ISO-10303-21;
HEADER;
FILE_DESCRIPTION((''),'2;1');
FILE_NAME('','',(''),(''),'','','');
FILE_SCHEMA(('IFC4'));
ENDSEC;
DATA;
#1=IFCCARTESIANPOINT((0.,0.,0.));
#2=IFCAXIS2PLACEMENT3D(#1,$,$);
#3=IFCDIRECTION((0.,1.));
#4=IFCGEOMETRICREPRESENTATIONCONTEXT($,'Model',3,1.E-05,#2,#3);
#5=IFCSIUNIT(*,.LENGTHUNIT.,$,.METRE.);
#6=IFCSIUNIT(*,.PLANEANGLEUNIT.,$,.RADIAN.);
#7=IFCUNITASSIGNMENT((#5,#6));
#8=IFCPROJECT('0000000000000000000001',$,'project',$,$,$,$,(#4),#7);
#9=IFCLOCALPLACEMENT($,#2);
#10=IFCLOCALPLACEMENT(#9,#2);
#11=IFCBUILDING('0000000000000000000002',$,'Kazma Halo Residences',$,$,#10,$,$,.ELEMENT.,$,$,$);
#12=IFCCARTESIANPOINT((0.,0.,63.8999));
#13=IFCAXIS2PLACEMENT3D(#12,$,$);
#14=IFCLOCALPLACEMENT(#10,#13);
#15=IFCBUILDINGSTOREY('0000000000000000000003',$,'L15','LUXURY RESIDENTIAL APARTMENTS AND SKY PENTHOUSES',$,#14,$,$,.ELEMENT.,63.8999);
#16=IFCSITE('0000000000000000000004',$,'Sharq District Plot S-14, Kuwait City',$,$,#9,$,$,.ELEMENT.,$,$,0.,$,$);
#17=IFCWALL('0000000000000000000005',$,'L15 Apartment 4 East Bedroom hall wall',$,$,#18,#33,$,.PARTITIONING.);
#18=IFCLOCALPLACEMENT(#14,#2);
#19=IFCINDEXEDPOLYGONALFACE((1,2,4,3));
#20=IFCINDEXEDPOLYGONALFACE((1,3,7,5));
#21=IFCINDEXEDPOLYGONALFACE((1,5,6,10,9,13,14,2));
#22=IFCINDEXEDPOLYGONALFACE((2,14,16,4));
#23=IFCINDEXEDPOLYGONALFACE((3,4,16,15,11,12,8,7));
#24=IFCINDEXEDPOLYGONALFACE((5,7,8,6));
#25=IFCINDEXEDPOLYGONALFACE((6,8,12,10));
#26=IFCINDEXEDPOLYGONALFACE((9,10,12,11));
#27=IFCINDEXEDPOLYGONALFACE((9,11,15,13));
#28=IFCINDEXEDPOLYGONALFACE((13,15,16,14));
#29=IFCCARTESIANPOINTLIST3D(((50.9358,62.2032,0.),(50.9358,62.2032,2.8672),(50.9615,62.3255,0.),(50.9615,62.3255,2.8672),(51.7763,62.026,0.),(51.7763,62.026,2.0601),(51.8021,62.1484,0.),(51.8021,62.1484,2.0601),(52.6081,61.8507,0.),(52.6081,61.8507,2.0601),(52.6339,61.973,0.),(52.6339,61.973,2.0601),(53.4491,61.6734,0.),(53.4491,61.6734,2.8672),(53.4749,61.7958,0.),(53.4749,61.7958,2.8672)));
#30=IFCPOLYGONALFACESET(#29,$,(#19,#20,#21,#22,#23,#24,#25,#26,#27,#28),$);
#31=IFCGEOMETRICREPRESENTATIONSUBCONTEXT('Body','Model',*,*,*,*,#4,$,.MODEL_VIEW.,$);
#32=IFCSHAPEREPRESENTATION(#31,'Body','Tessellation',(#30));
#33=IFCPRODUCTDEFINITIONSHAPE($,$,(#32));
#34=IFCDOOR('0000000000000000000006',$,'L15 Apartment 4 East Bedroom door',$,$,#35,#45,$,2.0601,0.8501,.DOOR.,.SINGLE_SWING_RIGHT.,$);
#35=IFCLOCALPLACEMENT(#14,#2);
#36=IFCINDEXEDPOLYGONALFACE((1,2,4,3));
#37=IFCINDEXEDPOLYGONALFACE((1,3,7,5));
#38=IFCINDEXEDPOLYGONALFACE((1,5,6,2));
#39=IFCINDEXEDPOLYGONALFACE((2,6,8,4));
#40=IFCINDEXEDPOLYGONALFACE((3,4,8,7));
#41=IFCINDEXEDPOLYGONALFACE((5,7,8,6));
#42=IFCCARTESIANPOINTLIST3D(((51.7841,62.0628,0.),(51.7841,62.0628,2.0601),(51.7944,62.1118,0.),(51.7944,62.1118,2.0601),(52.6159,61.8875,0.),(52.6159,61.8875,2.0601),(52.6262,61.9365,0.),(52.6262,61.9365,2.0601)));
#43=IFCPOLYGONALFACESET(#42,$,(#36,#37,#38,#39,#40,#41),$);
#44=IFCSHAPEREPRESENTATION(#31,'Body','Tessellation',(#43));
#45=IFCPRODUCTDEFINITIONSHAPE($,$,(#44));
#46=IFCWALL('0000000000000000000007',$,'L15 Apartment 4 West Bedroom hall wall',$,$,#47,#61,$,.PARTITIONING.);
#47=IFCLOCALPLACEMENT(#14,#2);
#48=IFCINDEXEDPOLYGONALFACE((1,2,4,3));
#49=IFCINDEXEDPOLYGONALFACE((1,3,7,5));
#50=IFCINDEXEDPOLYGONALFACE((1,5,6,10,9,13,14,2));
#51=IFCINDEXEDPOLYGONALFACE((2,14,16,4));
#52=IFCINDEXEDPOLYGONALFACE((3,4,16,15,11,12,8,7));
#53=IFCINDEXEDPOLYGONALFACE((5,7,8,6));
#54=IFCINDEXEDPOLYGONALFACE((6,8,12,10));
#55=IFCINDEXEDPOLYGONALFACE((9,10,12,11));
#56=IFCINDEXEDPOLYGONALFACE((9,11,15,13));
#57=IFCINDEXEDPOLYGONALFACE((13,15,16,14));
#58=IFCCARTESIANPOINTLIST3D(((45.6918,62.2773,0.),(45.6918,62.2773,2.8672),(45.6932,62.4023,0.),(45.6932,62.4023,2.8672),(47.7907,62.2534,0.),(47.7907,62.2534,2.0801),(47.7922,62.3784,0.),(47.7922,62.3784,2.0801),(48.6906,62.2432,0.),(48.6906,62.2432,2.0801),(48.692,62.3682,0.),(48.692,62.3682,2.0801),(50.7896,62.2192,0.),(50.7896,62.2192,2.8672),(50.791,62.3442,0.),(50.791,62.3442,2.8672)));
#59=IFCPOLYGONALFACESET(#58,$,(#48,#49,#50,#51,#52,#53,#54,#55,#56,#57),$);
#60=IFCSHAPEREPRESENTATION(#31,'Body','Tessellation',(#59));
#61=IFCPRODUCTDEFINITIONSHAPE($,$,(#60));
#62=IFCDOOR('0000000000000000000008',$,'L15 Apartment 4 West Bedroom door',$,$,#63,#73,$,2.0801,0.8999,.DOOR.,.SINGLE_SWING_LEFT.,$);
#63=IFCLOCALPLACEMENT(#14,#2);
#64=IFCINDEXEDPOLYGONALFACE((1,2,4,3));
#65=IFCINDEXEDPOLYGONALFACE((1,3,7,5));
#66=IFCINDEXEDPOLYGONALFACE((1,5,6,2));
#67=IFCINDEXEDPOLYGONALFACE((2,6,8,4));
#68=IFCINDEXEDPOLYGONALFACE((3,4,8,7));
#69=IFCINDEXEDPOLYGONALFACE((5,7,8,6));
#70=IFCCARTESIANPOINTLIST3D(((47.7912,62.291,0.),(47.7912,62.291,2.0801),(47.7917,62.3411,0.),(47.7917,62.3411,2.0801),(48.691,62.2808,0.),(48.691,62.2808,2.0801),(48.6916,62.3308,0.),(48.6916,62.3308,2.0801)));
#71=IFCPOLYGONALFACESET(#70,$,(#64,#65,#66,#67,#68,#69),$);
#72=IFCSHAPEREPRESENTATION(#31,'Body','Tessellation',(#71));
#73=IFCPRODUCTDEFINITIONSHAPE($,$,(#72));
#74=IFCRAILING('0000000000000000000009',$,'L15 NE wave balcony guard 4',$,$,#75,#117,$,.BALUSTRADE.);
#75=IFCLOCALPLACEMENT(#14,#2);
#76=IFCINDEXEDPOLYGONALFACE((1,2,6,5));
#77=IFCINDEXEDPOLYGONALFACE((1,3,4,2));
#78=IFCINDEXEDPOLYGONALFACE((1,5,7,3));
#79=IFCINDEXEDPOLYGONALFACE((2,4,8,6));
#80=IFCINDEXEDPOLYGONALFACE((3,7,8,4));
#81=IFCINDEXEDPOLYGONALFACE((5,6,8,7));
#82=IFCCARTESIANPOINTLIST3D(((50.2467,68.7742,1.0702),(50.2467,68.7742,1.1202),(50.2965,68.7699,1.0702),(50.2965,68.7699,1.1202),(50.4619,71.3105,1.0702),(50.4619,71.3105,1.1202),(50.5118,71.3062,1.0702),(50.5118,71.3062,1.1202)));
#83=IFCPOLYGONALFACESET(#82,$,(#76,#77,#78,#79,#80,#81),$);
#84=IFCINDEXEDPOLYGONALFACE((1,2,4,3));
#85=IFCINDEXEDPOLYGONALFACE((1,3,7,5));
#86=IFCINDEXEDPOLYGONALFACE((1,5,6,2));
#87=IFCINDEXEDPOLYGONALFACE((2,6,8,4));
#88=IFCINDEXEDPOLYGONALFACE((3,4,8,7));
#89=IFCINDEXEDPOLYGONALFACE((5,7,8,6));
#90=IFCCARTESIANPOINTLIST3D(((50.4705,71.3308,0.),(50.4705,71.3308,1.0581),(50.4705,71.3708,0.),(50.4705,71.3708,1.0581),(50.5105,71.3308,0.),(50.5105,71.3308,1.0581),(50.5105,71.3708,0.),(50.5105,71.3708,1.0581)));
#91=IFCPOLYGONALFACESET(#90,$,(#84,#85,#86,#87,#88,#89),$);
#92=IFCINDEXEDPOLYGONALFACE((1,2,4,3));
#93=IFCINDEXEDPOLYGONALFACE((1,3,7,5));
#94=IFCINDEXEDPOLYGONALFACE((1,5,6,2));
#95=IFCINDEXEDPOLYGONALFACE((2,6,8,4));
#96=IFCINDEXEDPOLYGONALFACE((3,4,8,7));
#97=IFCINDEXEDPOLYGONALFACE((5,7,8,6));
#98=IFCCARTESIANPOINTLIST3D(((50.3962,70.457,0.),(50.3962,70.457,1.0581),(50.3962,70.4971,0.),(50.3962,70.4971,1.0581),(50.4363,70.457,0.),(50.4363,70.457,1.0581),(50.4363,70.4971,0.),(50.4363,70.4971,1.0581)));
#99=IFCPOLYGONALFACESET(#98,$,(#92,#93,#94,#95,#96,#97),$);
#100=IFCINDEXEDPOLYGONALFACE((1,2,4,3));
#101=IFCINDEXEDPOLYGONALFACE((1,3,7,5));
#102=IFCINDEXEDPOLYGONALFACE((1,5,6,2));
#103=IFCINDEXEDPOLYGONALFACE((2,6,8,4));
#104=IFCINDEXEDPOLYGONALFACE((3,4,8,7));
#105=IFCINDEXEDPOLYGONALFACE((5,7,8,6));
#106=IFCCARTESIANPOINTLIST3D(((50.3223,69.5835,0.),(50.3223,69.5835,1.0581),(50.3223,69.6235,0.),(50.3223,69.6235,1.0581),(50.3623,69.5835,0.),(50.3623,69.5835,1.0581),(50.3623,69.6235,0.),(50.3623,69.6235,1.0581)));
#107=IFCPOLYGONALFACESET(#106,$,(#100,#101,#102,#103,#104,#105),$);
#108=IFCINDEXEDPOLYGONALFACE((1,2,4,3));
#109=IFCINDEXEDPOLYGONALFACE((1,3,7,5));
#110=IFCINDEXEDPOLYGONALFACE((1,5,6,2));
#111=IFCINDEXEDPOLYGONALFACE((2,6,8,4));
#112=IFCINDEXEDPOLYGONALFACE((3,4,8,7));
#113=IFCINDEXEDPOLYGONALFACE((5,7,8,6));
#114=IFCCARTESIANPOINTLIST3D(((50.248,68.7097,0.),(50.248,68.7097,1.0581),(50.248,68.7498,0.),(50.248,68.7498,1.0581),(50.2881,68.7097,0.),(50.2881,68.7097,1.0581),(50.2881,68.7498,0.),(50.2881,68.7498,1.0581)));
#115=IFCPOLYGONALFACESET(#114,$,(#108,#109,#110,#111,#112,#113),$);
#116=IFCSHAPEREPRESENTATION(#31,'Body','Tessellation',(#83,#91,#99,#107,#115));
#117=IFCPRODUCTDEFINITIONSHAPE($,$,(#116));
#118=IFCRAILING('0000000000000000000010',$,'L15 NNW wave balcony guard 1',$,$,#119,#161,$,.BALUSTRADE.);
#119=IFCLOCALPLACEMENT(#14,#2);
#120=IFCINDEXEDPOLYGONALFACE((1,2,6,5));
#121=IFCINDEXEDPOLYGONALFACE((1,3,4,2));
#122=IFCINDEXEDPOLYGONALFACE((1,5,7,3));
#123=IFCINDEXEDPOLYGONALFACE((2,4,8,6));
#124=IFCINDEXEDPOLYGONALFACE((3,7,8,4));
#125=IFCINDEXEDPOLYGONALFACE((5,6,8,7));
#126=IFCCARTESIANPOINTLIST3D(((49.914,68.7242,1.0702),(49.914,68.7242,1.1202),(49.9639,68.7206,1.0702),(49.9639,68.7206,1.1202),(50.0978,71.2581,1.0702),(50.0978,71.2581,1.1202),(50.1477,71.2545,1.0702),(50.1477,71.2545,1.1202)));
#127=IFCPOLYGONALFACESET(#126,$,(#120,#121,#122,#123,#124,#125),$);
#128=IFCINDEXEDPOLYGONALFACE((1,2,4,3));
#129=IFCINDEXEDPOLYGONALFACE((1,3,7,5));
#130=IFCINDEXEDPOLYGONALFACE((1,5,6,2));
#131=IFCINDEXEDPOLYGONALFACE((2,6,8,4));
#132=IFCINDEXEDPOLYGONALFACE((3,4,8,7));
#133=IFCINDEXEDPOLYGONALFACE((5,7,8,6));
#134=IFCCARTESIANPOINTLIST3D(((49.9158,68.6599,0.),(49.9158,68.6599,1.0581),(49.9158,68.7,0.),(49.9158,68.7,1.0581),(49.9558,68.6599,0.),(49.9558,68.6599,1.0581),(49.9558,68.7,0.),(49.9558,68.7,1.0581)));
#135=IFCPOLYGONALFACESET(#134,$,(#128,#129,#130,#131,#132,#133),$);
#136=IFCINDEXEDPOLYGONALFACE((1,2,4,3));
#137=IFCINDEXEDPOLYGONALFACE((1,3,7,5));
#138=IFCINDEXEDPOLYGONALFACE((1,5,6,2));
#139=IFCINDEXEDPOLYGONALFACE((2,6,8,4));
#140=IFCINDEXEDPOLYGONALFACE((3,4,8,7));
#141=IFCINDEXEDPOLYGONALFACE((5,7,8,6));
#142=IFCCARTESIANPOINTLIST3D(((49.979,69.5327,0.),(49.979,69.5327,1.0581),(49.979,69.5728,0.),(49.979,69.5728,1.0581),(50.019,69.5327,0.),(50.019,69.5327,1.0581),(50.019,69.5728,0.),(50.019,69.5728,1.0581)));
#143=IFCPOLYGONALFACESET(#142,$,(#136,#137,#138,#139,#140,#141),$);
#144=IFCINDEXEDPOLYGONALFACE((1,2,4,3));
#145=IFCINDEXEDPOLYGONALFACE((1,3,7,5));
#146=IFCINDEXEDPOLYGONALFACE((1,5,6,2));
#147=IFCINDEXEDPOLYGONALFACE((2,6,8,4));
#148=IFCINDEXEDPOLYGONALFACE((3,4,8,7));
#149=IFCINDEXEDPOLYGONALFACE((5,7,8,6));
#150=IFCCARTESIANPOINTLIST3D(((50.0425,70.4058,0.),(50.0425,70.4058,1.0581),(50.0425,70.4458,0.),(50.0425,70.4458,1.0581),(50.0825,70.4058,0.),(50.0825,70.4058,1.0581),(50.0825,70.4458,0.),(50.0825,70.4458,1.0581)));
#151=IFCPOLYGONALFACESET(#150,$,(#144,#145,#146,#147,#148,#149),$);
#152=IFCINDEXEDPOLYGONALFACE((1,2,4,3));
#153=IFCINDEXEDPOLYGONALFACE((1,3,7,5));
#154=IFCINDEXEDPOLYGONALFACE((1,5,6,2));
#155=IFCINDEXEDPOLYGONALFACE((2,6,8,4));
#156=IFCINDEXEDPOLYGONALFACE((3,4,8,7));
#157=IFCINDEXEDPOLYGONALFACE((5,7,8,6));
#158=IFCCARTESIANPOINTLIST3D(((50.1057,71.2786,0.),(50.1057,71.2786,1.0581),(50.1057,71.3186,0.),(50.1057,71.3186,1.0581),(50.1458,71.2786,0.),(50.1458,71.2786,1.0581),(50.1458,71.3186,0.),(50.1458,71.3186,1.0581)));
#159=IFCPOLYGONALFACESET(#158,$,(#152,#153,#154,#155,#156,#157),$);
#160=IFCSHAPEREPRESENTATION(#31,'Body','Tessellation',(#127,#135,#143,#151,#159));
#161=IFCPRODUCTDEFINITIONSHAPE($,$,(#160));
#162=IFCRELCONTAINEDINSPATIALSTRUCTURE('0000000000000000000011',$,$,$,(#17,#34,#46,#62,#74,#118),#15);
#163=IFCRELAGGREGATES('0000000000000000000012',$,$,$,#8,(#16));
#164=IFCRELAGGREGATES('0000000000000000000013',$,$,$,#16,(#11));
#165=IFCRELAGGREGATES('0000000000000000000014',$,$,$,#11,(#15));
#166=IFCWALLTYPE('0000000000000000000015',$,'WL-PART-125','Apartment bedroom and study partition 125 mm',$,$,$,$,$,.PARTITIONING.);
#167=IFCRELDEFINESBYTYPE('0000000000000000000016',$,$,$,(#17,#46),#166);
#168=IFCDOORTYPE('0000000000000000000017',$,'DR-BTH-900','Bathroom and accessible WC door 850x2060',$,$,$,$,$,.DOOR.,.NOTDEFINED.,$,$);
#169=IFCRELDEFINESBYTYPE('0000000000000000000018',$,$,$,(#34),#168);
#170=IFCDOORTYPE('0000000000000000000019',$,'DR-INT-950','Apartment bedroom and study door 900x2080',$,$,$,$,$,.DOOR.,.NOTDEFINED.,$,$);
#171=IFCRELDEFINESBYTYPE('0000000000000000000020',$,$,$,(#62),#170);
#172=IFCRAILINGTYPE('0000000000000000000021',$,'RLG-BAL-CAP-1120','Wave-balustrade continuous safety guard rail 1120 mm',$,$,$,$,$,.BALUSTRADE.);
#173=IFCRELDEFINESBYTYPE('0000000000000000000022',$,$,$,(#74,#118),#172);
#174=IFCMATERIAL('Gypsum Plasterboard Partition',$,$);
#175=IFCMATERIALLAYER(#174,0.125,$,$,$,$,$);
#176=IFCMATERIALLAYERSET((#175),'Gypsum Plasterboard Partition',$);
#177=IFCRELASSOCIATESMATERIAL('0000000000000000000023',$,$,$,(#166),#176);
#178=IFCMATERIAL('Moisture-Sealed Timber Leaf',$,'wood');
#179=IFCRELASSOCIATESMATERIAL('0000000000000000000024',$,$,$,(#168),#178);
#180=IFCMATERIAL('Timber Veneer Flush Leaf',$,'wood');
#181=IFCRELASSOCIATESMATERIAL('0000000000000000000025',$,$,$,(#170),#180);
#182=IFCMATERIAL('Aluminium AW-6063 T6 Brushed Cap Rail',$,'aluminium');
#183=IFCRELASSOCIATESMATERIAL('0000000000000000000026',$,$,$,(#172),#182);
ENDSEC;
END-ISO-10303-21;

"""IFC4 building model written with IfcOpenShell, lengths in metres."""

from ifc_helpers import new_model, si_unit, direction, frame, frame_2d, origin, origin_2d, place, context, subcontext, project, spatial, rectangle, extrude, material, layer, layer_set, type_object, element, fill, save


model = new_model("IFC4")

# Units and contexts
model_context = context("Model", 3, precision=1e-05, world=origin(), true_north=direction((0.0, 1.0)))
body_context = subcontext(model_context, "Body", "Model", "MODEL_VIEW")
ifc_project = project(units=[si_unit("LENGTHUNIT", "METRE"), si_unit("PLANEANGLEUNIT", "RADIAN")], contexts=[model_context])

# Site, building, storey
site_placement = place(None, origin())
site = spatial("IfcSite", under=ifc_project, at=site_placement, Name="Sharq District Plot S-14, Kuwait City", CompositionType="ELEMENT", RefElevation=0.0)
building_placement = place(site_placement, origin())
building = spatial("IfcBuilding", under=site, at=building_placement, Name="Kazma Halo Residences", CompositionType="ELEMENT")
storey_placement = place(building_placement, frame((0.0, 0.0, 63.8999)))
storey = spatial("IfcBuildingStorey", under=building, at=storey_placement, Name="L15", Description="LUXURY RESIDENTIAL APARTMENTS AND SKY PENTHOUSES", CompositionType="ELEMENT", Elevation=63.8999)

# Shared definitions
ifc_material_1 = material(Name="Gypsum Plasterboard Partition")
ifc_layer_1 = layer(ifc_material_1, 0.125)
ifc_layer_set_1 = layer_set([ifc_layer_1], Name="Gypsum Plasterboard Partition")
wall_type_1 = type_object("IfcWallType", Name="WL-PART-125", Description="Apartment bedroom and study partition 125 mm", PredefinedType="PARTITIONING", material=ifc_layer_set_1)

# Walls, openings, doors
wall_1_placement = place(storey_placement, frame((53.4619, 61.7346, 0.0), z_axis=(0.0, 0.0, 1.0), x_axis=(-0.978499, 0.20625, 0.0)))
wall_1 = element("IfcWall", 1, at=wall_1_placement, inside=storey, type_object=wall_type_1, Name="L15 Apartment 4 East Bedroom hall wall", PredefinedType="PARTITIONING", context=body_context, shape_type="SweptSolid", body=[
    extrude(rectangle(XDim=2.5686, YDim=0.125, at=frame_2d((1.2842, 0.0))), origin(), (0.0, 0.0, 1.0), 2.8672),
])
opening_1_placement = place(wall_1_placement, frame((0.8594, 0.0, 0.0)))
opening_1 = element("IfcOpeningElement", 2, at=opening_1_placement, cuts=wall_1, PredefinedType="OPENING", context=body_context, shape_type="SweptSolid", body=[
    extrude(rectangle(XDim=0.8501, YDim=2.0601, at=frame_2d((0.425, 1.03))), frame((0.0, 0.0725, 0.0), z_axis=(0.0, -1.0, 0.0), x_axis=(1.0, 0.0, 0.0)), (0.0, 0.0, 1.0), 0.145),
])
ifc_material_2 = material(Name="Moisture-Sealed Timber Leaf", Category="wood")
door_type_1 = type_object("IfcDoorType", Name="DR-BTH-900", Description="Bathroom and accessible WC door 850x2060", OperationType="NOTDEFINED", PredefinedType="DOOR", material=ifc_material_2)
door_1_placement = place(opening_1_placement, origin())
door_1 = element("IfcDoor", 3, at=door_1_placement, inside=storey, type_object=door_type_1, Name="L15 Apartment 4 East Bedroom door", OperationType="SINGLE_SWING_RIGHT", OverallHeight=2.0601, OverallWidth=0.8501, PredefinedType="DOOR", context=body_context, shape_type="SweptSolid", body=[
    extrude(rectangle(XDim=0.8501, YDim=2.0601, at=frame_2d((0.425, 1.03))), frame((0.0, 0.0249, 0.0), z_axis=(0.0, -1.0, 0.0), x_axis=(1.0, 0.0, 0.0)), (0.0, 0.0, 1.0), 0.05),
])
fill(opening_1, door_1)
wall_2_placement = place(storey_placement, frame((50.7903, 62.2817, 0.0), z_axis=(0.0, 0.0, 1.0), x_axis=(-0.999935, 0.011397, 0.0)))
wall_2 = element("IfcWall", 4, at=wall_2_placement, inside=storey, type_object=wall_type_1, Name="L15 Apartment 4 West Bedroom hall wall", PredefinedType="PARTITIONING", context=body_context, shape_type="SweptSolid", body=[
    extrude(rectangle(XDim=5.0981, YDim=0.125, at=frame_2d((2.5491, 0.0))), origin(), (0.0, 0.0, 1.0), 2.8672),
])
opening_2_placement = place(wall_2_placement, frame((2.0991, 0.0, 0.0)))
opening_2 = element("IfcOpeningElement", 5, at=opening_2_placement, cuts=wall_2, PredefinedType="OPENING", context=body_context, shape_type="SweptSolid", body=[
    extrude(rectangle(XDim=0.8999, YDim=2.0801, at=frame_2d((0.45, 1.04))), frame((0.0, 0.0725, 0.0), z_axis=(0.0, -1.0, 0.0), x_axis=(1.0, 0.0, 0.0)), (0.0, 0.0, 1.0), 0.145),
])
ifc_material_3 = material(Name="Timber Veneer Flush Leaf", Category="wood")
door_type_2 = type_object("IfcDoorType", Name="DR-INT-950", Description="Apartment bedroom and study door 900x2080", OperationType="NOTDEFINED", PredefinedType="DOOR", material=ifc_material_3)
door_2_placement = place(opening_2_placement, origin())
door_2 = element("IfcDoor", 6, at=door_2_placement, inside=storey, type_object=door_type_2, Name="L15 Apartment 4 West Bedroom door", OperationType="SINGLE_SWING_LEFT", OverallHeight=2.0801, OverallWidth=0.8999, PredefinedType="DOOR", context=body_context, shape_type="SweptSolid", body=[
    extrude(rectangle(XDim=0.8999, YDim=2.0801, at=frame_2d((0.45, 1.04))), frame((0.0, 0.0249, 0.0), z_axis=(0.0, -1.0, 0.0), x_axis=(1.0, 0.0, 0.0)), (0.0, 0.0, 1.0), 0.05),
])
fill(opening_2, door_2)

# Railings
ifc_material_4 = material(Name="Aluminium AW-6063 T6 Brushed Cap Rail", Category="aluminium")
railing_type = type_object("IfcRailingType", Name="RLG-BAL-CAP-1120", Description="Wave-balustrade continuous safety guard rail 1120 mm", PredefinedType="BALUSTRADE", material=ifc_material_4)
railing_1_placement = place(storey_placement, frame((50.4905, 71.3508, 0.0)))
element("IfcRailing", 7, at=railing_1_placement, inside=storey, type_object=railing_type, Name="L15 NE wave balcony guard 4", PredefinedType="BALUSTRADE", context=body_context, shape_type="SweptSolid", body=[
    extrude(rectangle(XDim=0.05, YDim=0.05, at=origin_2d()), frame((-0.0037, -0.0425, 1.0952), z_axis=(-0.084551, -0.996419, 0.0), x_axis=(0.996419, -0.084551, 0.0)), (0.0, 0.0, 1.0), 2.5454),
    extrude(rectangle(XDim=0.04, YDim=0.04, at=origin_2d()), origin(), (0.0, 0.0, 1.0), 1.0581),
    extrude(rectangle(XDim=0.04, YDim=0.04, at=origin_2d()), frame((-0.0742, -0.8738, 0.0)), (0.0, 0.0, 1.0), 1.0581),
    extrude(rectangle(XDim=0.04, YDim=0.04, at=origin_2d()), frame((-0.1482, -1.7473, 0.0)), (0.0, 0.0, 1.0), 1.0581),
    extrude(rectangle(XDim=0.04, YDim=0.04, at=origin_2d()), frame((-0.2224, -2.6211, 0.0)), (0.0, 0.0, 1.0), 1.0581),
])
railing_2_placement = place(storey_placement, frame((49.9358, 68.6799, 0.0)))
element("IfcRailing", 8, at=railing_2_placement, inside=storey, type_object=railing_type, Name="L15 NNW wave balcony guard 1", PredefinedType="BALUSTRADE", context=body_context, shape_type="SweptSolid", body=[
    extrude(rectangle(XDim=0.05, YDim=0.05, at=origin_2d()), frame((0.0032, 0.0425, 1.0952), z_axis=(0.072344, 0.99738, 0.0), x_axis=(-0.99738, 0.072344, 0.0)), (0.0, 0.0, 1.0), 2.5405),
    extrude(rectangle(XDim=0.04, YDim=0.04, at=origin_2d()), origin(), (0.0, 0.0, 1.0), 1.0581),
    extrude(rectangle(XDim=0.04, YDim=0.04, at=origin_2d()), frame((0.0632, 0.8728, 0.0)), (0.0, 0.0, 1.0), 1.0581),
    extrude(rectangle(XDim=0.04, YDim=0.04, at=origin_2d()), frame((0.1267, 1.7458, 0.0)), (0.0, 0.0, 1.0), 1.0581),
    extrude(rectangle(XDim=0.04, YDim=0.04, at=origin_2d()), frame((0.1899, 2.6187, 0.0)), (0.0, 0.0, 1.0), 1.0581),
])

save(model, "model.ifc")
